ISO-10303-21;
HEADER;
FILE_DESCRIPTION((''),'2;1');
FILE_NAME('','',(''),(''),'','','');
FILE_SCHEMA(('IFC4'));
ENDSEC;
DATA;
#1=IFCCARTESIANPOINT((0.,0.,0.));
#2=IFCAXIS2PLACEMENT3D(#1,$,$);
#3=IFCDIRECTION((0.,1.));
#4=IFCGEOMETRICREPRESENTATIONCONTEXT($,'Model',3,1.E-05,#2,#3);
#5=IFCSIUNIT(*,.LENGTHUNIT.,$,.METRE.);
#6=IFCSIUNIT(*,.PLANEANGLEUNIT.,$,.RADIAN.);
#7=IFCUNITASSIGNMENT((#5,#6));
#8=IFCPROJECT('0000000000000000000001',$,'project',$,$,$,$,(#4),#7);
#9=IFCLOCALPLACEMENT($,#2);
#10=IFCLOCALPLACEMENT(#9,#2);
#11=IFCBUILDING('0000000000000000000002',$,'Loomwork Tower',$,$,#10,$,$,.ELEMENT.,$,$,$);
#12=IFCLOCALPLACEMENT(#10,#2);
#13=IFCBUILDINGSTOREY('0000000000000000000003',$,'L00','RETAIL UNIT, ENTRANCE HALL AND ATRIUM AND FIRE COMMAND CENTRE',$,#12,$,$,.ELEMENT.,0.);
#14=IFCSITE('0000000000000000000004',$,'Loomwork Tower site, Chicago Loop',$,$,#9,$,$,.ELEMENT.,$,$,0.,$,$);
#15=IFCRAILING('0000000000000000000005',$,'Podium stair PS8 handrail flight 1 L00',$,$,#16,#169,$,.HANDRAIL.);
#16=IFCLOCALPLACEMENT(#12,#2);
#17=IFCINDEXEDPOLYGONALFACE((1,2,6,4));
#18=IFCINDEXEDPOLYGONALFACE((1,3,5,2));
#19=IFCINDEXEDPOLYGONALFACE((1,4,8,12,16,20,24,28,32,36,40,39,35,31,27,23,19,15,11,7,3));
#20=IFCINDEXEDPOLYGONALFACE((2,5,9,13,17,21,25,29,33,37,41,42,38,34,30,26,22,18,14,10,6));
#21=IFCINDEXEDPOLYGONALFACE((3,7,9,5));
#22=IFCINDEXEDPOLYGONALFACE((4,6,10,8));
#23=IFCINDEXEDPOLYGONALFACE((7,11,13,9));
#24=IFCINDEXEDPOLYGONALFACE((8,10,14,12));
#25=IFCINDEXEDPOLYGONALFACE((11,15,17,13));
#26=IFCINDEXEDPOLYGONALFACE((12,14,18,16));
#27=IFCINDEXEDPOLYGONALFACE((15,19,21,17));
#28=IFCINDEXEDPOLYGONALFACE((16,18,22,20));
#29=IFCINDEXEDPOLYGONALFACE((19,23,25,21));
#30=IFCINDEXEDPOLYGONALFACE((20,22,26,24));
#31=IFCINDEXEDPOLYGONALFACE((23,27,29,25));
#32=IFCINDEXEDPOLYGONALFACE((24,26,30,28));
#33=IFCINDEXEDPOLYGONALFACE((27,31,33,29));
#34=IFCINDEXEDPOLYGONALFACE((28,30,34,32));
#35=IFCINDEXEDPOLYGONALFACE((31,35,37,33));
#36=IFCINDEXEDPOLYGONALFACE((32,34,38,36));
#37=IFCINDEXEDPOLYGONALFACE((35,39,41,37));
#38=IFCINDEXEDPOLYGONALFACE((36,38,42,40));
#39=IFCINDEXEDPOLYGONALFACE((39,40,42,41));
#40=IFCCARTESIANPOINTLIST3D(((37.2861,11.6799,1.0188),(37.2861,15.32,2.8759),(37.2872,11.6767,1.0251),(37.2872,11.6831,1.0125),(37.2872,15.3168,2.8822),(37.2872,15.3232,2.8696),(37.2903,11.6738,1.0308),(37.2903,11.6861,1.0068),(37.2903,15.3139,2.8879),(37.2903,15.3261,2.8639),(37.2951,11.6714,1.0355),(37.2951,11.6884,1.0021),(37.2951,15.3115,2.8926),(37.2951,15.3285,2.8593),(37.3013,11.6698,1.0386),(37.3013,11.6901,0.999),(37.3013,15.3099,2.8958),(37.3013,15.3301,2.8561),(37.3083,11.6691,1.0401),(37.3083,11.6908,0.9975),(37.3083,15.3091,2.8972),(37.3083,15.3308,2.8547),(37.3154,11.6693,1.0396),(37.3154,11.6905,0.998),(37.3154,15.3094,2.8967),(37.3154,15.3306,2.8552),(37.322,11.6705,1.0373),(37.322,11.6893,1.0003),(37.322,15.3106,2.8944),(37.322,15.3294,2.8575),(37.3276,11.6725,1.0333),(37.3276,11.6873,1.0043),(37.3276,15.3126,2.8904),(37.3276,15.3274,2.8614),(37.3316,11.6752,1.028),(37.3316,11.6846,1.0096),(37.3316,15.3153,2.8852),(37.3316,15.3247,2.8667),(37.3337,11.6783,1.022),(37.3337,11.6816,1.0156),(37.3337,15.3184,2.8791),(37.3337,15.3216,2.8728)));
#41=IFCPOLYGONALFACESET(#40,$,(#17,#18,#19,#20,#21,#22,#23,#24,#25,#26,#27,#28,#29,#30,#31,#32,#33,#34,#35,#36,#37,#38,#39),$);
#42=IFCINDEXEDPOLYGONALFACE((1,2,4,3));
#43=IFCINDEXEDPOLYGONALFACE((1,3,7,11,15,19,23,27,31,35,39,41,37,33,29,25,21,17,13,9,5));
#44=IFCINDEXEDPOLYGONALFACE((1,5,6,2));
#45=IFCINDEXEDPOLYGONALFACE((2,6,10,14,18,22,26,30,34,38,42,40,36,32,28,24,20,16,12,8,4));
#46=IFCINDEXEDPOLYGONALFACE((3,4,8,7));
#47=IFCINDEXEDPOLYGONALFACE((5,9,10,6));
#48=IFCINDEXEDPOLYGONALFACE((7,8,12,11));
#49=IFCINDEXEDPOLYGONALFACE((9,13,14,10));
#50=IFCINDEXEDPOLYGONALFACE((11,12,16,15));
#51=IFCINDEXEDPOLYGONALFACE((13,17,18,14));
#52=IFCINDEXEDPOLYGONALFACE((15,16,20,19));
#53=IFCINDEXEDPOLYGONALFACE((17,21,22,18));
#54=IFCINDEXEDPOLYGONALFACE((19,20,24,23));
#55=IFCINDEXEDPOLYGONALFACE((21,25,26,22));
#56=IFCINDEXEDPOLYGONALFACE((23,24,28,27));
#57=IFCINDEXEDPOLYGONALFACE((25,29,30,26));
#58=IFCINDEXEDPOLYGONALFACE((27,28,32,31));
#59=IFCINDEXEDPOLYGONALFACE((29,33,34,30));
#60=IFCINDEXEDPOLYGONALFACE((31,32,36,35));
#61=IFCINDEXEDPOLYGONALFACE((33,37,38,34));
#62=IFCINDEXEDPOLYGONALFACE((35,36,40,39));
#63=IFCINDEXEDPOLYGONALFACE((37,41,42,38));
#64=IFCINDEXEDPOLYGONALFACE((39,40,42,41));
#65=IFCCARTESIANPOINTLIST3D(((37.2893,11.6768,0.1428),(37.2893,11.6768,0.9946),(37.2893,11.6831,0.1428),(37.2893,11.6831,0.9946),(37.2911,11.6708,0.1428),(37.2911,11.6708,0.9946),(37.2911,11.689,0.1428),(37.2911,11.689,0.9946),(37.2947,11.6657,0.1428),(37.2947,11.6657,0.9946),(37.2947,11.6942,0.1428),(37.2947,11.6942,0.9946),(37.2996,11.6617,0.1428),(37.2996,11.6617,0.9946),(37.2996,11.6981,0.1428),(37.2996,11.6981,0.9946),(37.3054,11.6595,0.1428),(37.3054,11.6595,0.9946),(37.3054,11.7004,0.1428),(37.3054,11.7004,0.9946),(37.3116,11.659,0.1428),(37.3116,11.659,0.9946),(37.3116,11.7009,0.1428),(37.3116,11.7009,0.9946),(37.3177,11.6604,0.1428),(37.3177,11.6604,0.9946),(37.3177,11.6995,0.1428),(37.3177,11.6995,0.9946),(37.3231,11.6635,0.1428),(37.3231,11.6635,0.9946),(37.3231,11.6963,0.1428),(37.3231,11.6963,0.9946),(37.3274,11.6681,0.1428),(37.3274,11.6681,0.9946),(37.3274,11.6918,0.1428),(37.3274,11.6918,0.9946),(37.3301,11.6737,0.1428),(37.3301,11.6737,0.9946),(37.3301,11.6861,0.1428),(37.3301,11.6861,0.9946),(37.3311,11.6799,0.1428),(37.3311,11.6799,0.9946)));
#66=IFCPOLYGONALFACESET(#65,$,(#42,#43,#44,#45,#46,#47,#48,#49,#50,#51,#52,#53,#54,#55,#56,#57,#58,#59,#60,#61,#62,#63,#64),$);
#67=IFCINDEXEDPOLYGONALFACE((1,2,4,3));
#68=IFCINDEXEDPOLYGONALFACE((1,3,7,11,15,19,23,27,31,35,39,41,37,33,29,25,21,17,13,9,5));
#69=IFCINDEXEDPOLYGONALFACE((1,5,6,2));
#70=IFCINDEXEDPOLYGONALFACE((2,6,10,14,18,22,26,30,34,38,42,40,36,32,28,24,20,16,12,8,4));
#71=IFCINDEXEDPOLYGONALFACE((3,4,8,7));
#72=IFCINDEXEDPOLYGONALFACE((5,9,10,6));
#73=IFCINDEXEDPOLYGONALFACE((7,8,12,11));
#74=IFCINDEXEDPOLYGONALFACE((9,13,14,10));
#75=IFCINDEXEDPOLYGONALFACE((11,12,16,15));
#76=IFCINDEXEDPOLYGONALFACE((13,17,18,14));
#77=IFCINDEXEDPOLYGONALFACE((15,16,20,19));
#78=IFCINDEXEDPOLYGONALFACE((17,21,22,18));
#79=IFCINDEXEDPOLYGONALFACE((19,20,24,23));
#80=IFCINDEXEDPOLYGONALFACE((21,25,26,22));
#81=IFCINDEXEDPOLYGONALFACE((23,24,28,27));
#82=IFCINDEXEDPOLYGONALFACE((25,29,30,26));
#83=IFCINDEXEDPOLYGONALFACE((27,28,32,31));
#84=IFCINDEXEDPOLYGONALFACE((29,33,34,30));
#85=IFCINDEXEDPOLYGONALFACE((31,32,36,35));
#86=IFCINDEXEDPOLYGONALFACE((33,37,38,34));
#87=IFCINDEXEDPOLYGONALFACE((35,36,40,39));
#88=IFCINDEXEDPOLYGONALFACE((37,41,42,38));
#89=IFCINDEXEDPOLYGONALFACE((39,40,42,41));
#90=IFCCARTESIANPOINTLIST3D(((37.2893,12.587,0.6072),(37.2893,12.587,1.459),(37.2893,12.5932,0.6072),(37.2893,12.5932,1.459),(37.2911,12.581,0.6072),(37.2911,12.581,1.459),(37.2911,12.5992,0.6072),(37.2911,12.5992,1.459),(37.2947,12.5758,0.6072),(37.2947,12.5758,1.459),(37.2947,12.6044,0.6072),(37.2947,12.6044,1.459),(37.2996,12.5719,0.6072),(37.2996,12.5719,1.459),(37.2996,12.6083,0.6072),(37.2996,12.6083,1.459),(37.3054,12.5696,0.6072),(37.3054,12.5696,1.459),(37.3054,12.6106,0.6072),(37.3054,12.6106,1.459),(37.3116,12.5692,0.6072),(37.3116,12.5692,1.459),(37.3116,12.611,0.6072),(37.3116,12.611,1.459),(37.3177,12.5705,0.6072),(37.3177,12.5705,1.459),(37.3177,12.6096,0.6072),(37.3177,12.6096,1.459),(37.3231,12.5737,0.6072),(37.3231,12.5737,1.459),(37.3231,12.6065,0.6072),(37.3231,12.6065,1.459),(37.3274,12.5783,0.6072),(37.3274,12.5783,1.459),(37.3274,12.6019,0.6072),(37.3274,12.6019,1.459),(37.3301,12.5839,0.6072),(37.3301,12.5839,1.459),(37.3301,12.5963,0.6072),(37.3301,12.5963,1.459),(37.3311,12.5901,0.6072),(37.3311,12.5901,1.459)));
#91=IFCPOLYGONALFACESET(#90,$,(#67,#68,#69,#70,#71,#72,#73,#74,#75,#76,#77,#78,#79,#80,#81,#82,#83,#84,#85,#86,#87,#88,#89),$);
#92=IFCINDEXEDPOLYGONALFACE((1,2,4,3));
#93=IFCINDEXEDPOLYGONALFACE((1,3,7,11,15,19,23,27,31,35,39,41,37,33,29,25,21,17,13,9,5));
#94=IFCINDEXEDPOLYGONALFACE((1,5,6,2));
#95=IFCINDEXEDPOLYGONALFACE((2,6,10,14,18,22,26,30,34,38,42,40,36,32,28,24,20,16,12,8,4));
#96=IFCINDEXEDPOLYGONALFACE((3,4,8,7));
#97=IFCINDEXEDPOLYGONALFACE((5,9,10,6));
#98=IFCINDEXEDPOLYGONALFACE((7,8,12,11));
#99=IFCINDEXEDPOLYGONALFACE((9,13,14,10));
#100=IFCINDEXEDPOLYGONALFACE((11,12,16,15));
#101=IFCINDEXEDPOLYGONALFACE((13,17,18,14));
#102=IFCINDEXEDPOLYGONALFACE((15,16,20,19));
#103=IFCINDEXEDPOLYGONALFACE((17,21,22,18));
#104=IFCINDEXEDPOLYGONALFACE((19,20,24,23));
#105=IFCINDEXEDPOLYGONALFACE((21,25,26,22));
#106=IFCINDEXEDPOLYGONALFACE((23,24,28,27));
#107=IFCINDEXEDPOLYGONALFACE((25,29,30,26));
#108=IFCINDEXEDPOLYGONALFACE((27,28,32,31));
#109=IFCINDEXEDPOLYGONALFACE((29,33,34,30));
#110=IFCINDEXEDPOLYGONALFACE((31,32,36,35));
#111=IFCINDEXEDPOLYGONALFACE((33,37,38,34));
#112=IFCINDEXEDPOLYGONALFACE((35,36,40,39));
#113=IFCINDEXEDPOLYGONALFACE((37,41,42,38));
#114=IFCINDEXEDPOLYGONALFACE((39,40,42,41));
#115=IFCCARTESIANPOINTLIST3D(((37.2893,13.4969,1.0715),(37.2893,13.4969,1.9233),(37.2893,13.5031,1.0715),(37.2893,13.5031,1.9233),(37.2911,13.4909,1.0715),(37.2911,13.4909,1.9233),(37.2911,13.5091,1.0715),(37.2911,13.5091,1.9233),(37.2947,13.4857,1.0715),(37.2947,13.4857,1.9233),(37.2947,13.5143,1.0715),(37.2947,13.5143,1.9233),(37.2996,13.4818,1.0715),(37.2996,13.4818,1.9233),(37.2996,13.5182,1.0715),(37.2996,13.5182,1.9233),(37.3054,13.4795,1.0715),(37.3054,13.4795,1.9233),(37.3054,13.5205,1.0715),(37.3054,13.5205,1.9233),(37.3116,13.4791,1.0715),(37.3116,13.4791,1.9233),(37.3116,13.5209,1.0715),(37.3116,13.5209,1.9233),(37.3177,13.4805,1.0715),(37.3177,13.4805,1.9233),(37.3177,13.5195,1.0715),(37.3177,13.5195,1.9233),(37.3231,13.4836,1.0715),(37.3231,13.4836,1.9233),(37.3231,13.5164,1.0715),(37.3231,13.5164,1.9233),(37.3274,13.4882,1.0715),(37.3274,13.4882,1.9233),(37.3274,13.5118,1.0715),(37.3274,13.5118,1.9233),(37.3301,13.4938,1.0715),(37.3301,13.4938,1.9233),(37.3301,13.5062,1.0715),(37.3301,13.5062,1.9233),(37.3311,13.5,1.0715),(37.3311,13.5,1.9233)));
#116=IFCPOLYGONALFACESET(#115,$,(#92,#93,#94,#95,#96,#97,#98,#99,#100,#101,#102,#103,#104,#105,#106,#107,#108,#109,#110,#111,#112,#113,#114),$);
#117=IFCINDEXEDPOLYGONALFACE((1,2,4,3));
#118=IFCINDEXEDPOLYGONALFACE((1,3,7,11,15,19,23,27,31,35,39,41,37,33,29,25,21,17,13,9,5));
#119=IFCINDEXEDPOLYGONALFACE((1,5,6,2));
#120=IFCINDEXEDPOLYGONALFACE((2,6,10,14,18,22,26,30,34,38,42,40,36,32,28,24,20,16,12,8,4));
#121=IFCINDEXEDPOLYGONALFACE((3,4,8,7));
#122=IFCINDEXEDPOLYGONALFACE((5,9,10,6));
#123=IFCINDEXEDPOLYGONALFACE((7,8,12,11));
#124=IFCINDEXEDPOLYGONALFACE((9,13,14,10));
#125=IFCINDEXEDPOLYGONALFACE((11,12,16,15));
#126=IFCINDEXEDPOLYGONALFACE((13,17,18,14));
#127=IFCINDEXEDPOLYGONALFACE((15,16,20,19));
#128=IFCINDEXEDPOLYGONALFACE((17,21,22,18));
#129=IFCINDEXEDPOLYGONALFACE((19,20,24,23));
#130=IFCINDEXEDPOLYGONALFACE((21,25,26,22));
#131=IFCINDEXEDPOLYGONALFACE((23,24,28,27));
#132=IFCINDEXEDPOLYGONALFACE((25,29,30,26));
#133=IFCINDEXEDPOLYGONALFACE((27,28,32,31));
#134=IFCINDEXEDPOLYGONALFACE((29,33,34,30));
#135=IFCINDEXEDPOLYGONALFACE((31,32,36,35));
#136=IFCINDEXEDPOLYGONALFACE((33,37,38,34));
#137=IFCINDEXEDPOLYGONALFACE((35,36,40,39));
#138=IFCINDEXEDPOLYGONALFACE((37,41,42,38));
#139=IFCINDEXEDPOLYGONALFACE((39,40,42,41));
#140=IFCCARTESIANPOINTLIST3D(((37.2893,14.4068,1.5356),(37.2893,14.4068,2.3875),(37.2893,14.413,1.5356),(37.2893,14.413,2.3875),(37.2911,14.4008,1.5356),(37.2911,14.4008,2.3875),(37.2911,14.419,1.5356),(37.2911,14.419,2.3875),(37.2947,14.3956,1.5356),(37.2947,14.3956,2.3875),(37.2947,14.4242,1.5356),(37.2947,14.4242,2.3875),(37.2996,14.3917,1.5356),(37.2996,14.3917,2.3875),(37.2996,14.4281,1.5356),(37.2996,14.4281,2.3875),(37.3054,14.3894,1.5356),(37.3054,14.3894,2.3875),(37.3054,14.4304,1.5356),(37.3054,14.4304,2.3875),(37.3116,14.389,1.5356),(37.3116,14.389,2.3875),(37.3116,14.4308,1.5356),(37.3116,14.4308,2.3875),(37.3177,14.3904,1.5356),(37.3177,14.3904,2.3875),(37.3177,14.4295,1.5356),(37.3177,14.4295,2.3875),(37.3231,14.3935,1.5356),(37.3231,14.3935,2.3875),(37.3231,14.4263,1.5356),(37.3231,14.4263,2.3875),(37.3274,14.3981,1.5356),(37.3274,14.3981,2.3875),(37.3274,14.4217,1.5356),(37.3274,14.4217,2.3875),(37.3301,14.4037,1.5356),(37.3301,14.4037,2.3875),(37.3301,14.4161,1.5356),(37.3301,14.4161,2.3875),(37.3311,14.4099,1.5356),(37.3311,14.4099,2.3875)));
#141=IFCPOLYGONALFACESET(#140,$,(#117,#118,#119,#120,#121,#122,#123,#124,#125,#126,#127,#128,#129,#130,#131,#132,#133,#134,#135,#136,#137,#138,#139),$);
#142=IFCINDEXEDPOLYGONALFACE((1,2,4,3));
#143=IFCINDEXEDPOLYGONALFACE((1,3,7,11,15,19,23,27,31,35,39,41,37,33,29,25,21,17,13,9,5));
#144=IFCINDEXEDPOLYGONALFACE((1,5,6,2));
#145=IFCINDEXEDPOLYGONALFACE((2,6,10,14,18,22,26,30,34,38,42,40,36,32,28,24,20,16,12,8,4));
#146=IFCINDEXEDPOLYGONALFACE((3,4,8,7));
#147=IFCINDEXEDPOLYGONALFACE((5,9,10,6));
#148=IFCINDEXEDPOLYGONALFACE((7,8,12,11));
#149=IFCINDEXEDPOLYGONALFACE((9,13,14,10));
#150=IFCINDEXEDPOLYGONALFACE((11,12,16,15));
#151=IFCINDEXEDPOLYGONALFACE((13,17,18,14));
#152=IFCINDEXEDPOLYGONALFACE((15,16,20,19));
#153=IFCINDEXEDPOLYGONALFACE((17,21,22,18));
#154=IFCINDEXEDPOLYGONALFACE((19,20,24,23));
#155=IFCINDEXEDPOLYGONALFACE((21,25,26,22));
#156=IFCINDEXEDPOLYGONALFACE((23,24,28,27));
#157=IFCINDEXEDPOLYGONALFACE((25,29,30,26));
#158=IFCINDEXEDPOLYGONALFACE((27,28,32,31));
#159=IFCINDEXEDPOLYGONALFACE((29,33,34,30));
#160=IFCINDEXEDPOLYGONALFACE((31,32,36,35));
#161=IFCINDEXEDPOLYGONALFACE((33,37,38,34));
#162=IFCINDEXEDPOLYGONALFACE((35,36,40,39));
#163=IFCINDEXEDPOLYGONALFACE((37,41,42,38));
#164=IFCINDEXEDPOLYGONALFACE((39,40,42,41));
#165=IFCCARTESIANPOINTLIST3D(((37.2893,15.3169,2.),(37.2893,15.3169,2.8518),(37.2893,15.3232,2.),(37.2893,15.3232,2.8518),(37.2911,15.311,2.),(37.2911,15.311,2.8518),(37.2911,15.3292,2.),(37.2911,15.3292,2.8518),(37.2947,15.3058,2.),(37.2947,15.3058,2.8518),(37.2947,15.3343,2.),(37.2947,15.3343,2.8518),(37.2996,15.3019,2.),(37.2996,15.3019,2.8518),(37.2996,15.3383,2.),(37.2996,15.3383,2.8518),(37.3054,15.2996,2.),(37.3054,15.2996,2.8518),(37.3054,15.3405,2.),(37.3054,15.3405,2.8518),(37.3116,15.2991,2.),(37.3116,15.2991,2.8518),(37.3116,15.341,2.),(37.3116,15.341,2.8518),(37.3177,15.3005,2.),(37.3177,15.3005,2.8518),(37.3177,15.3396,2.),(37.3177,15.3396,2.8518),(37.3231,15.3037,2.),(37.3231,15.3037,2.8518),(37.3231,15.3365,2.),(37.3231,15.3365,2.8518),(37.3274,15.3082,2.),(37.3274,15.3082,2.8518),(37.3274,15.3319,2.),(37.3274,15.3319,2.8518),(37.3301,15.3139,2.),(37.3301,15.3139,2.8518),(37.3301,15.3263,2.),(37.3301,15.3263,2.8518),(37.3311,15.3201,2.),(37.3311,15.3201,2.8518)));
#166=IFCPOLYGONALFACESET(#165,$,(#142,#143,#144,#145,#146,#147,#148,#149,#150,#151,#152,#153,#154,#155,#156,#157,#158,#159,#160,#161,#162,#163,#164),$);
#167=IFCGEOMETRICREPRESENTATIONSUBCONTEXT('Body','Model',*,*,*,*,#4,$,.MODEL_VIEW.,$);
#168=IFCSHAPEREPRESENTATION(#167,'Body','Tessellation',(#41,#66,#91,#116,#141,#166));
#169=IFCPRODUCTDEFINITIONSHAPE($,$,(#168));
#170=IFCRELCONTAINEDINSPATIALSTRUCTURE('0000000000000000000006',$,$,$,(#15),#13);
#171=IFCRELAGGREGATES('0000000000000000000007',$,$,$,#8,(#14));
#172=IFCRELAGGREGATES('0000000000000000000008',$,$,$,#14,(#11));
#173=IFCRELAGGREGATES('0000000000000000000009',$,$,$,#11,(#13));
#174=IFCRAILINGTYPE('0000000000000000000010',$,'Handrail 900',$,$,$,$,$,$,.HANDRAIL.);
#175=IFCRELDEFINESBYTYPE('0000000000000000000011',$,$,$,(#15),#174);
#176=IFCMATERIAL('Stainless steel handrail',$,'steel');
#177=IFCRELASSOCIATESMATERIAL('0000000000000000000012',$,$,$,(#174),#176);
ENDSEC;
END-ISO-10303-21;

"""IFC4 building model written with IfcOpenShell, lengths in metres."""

from ifc_helpers import new_model, si_unit, direction, frame, origin, origin_2d, place, context, subcontext, project, spatial, circle, extrude, material, type_object, element, save


model = new_model("IFC4")

# Units and contexts
model_context = context("Model", 3, precision=1e-05, world=origin(), true_north=direction((0.0, 1.0)))
body_context = subcontext(model_context, "Body", "Model", "MODEL_VIEW")
ifc_project = project(units=[si_unit("LENGTHUNIT", "METRE"), si_unit("PLANEANGLEUNIT", "RADIAN")], contexts=[model_context])

# Site, building, storey
site_placement = place(None, origin())
site = spatial("IfcSite", under=ifc_project, at=site_placement, Name="Loomwork Tower site, Chicago Loop", CompositionType="ELEMENT", RefElevation=0.0)
building_placement = place(site_placement, origin())
building = spatial("IfcBuilding", under=site, at=building_placement, Name="Loomwork Tower", CompositionType="ELEMENT")
storey_placement = place(building_placement, origin())
storey = spatial("IfcBuildingStorey", under=building, at=storey_placement, Name="L00", Description="RETAIL UNIT, ENTRANCE HALL AND ATRIUM AND FIRE COMMAND CENTRE", CompositionType="ELEMENT", Elevation=0.0)

# Railing
ifc_material_1 = material(Name="Stainless steel handrail", Category="steel")
railing_type = type_object("IfcRailingType", Name="Handrail 900", PredefinedType="HANDRAIL", material=ifc_material_1)
railing_1_placement = place(storey_placement, frame((37.3101, 11.6799, 0.1428)))
element("IfcRailing", 1, at=railing_1_placement, inside=storey, type_object=railing_type, Name="Podium stair PS8 handrail flight 1 L00", PredefinedType="HANDRAIL", context=body_context, shape_type="SweptSolid", body=[
    extrude(circle(Radius=0.0239, at=origin_2d()), frame((0.0, 0.0, 0.876), z_axis=(0.0, 0.890765, 0.454464), x_axis=(-1.0, 0.0, 0.0)), (0.0, 0.0, 1.0), 4.0864),
    extrude(circle(Radius=0.021, at=origin_2d()), origin(), (0.0, 0.0, 1.0), 0.8518),
    extrude(circle(Radius=0.021, at=origin_2d()), frame((0.0, 0.9102, 0.4644)), (0.0, 0.0, 1.0), 0.8518),
    extrude(circle(Radius=0.021, at=origin_2d()), frame((0.0, 1.8201, 0.9287)), (0.0, 0.0, 1.0), 0.8518),
    extrude(circle(Radius=0.021, at=origin_2d()), frame((0.0, 2.73, 1.3928)), (0.0, 0.0, 1.0), 0.8518),
    extrude(circle(Radius=0.021, at=origin_2d()), frame((0.0, 3.6401, 1.8572)), (0.0, 0.0, 1.0), 0.8518),
])

save(model, "model.ifc")
